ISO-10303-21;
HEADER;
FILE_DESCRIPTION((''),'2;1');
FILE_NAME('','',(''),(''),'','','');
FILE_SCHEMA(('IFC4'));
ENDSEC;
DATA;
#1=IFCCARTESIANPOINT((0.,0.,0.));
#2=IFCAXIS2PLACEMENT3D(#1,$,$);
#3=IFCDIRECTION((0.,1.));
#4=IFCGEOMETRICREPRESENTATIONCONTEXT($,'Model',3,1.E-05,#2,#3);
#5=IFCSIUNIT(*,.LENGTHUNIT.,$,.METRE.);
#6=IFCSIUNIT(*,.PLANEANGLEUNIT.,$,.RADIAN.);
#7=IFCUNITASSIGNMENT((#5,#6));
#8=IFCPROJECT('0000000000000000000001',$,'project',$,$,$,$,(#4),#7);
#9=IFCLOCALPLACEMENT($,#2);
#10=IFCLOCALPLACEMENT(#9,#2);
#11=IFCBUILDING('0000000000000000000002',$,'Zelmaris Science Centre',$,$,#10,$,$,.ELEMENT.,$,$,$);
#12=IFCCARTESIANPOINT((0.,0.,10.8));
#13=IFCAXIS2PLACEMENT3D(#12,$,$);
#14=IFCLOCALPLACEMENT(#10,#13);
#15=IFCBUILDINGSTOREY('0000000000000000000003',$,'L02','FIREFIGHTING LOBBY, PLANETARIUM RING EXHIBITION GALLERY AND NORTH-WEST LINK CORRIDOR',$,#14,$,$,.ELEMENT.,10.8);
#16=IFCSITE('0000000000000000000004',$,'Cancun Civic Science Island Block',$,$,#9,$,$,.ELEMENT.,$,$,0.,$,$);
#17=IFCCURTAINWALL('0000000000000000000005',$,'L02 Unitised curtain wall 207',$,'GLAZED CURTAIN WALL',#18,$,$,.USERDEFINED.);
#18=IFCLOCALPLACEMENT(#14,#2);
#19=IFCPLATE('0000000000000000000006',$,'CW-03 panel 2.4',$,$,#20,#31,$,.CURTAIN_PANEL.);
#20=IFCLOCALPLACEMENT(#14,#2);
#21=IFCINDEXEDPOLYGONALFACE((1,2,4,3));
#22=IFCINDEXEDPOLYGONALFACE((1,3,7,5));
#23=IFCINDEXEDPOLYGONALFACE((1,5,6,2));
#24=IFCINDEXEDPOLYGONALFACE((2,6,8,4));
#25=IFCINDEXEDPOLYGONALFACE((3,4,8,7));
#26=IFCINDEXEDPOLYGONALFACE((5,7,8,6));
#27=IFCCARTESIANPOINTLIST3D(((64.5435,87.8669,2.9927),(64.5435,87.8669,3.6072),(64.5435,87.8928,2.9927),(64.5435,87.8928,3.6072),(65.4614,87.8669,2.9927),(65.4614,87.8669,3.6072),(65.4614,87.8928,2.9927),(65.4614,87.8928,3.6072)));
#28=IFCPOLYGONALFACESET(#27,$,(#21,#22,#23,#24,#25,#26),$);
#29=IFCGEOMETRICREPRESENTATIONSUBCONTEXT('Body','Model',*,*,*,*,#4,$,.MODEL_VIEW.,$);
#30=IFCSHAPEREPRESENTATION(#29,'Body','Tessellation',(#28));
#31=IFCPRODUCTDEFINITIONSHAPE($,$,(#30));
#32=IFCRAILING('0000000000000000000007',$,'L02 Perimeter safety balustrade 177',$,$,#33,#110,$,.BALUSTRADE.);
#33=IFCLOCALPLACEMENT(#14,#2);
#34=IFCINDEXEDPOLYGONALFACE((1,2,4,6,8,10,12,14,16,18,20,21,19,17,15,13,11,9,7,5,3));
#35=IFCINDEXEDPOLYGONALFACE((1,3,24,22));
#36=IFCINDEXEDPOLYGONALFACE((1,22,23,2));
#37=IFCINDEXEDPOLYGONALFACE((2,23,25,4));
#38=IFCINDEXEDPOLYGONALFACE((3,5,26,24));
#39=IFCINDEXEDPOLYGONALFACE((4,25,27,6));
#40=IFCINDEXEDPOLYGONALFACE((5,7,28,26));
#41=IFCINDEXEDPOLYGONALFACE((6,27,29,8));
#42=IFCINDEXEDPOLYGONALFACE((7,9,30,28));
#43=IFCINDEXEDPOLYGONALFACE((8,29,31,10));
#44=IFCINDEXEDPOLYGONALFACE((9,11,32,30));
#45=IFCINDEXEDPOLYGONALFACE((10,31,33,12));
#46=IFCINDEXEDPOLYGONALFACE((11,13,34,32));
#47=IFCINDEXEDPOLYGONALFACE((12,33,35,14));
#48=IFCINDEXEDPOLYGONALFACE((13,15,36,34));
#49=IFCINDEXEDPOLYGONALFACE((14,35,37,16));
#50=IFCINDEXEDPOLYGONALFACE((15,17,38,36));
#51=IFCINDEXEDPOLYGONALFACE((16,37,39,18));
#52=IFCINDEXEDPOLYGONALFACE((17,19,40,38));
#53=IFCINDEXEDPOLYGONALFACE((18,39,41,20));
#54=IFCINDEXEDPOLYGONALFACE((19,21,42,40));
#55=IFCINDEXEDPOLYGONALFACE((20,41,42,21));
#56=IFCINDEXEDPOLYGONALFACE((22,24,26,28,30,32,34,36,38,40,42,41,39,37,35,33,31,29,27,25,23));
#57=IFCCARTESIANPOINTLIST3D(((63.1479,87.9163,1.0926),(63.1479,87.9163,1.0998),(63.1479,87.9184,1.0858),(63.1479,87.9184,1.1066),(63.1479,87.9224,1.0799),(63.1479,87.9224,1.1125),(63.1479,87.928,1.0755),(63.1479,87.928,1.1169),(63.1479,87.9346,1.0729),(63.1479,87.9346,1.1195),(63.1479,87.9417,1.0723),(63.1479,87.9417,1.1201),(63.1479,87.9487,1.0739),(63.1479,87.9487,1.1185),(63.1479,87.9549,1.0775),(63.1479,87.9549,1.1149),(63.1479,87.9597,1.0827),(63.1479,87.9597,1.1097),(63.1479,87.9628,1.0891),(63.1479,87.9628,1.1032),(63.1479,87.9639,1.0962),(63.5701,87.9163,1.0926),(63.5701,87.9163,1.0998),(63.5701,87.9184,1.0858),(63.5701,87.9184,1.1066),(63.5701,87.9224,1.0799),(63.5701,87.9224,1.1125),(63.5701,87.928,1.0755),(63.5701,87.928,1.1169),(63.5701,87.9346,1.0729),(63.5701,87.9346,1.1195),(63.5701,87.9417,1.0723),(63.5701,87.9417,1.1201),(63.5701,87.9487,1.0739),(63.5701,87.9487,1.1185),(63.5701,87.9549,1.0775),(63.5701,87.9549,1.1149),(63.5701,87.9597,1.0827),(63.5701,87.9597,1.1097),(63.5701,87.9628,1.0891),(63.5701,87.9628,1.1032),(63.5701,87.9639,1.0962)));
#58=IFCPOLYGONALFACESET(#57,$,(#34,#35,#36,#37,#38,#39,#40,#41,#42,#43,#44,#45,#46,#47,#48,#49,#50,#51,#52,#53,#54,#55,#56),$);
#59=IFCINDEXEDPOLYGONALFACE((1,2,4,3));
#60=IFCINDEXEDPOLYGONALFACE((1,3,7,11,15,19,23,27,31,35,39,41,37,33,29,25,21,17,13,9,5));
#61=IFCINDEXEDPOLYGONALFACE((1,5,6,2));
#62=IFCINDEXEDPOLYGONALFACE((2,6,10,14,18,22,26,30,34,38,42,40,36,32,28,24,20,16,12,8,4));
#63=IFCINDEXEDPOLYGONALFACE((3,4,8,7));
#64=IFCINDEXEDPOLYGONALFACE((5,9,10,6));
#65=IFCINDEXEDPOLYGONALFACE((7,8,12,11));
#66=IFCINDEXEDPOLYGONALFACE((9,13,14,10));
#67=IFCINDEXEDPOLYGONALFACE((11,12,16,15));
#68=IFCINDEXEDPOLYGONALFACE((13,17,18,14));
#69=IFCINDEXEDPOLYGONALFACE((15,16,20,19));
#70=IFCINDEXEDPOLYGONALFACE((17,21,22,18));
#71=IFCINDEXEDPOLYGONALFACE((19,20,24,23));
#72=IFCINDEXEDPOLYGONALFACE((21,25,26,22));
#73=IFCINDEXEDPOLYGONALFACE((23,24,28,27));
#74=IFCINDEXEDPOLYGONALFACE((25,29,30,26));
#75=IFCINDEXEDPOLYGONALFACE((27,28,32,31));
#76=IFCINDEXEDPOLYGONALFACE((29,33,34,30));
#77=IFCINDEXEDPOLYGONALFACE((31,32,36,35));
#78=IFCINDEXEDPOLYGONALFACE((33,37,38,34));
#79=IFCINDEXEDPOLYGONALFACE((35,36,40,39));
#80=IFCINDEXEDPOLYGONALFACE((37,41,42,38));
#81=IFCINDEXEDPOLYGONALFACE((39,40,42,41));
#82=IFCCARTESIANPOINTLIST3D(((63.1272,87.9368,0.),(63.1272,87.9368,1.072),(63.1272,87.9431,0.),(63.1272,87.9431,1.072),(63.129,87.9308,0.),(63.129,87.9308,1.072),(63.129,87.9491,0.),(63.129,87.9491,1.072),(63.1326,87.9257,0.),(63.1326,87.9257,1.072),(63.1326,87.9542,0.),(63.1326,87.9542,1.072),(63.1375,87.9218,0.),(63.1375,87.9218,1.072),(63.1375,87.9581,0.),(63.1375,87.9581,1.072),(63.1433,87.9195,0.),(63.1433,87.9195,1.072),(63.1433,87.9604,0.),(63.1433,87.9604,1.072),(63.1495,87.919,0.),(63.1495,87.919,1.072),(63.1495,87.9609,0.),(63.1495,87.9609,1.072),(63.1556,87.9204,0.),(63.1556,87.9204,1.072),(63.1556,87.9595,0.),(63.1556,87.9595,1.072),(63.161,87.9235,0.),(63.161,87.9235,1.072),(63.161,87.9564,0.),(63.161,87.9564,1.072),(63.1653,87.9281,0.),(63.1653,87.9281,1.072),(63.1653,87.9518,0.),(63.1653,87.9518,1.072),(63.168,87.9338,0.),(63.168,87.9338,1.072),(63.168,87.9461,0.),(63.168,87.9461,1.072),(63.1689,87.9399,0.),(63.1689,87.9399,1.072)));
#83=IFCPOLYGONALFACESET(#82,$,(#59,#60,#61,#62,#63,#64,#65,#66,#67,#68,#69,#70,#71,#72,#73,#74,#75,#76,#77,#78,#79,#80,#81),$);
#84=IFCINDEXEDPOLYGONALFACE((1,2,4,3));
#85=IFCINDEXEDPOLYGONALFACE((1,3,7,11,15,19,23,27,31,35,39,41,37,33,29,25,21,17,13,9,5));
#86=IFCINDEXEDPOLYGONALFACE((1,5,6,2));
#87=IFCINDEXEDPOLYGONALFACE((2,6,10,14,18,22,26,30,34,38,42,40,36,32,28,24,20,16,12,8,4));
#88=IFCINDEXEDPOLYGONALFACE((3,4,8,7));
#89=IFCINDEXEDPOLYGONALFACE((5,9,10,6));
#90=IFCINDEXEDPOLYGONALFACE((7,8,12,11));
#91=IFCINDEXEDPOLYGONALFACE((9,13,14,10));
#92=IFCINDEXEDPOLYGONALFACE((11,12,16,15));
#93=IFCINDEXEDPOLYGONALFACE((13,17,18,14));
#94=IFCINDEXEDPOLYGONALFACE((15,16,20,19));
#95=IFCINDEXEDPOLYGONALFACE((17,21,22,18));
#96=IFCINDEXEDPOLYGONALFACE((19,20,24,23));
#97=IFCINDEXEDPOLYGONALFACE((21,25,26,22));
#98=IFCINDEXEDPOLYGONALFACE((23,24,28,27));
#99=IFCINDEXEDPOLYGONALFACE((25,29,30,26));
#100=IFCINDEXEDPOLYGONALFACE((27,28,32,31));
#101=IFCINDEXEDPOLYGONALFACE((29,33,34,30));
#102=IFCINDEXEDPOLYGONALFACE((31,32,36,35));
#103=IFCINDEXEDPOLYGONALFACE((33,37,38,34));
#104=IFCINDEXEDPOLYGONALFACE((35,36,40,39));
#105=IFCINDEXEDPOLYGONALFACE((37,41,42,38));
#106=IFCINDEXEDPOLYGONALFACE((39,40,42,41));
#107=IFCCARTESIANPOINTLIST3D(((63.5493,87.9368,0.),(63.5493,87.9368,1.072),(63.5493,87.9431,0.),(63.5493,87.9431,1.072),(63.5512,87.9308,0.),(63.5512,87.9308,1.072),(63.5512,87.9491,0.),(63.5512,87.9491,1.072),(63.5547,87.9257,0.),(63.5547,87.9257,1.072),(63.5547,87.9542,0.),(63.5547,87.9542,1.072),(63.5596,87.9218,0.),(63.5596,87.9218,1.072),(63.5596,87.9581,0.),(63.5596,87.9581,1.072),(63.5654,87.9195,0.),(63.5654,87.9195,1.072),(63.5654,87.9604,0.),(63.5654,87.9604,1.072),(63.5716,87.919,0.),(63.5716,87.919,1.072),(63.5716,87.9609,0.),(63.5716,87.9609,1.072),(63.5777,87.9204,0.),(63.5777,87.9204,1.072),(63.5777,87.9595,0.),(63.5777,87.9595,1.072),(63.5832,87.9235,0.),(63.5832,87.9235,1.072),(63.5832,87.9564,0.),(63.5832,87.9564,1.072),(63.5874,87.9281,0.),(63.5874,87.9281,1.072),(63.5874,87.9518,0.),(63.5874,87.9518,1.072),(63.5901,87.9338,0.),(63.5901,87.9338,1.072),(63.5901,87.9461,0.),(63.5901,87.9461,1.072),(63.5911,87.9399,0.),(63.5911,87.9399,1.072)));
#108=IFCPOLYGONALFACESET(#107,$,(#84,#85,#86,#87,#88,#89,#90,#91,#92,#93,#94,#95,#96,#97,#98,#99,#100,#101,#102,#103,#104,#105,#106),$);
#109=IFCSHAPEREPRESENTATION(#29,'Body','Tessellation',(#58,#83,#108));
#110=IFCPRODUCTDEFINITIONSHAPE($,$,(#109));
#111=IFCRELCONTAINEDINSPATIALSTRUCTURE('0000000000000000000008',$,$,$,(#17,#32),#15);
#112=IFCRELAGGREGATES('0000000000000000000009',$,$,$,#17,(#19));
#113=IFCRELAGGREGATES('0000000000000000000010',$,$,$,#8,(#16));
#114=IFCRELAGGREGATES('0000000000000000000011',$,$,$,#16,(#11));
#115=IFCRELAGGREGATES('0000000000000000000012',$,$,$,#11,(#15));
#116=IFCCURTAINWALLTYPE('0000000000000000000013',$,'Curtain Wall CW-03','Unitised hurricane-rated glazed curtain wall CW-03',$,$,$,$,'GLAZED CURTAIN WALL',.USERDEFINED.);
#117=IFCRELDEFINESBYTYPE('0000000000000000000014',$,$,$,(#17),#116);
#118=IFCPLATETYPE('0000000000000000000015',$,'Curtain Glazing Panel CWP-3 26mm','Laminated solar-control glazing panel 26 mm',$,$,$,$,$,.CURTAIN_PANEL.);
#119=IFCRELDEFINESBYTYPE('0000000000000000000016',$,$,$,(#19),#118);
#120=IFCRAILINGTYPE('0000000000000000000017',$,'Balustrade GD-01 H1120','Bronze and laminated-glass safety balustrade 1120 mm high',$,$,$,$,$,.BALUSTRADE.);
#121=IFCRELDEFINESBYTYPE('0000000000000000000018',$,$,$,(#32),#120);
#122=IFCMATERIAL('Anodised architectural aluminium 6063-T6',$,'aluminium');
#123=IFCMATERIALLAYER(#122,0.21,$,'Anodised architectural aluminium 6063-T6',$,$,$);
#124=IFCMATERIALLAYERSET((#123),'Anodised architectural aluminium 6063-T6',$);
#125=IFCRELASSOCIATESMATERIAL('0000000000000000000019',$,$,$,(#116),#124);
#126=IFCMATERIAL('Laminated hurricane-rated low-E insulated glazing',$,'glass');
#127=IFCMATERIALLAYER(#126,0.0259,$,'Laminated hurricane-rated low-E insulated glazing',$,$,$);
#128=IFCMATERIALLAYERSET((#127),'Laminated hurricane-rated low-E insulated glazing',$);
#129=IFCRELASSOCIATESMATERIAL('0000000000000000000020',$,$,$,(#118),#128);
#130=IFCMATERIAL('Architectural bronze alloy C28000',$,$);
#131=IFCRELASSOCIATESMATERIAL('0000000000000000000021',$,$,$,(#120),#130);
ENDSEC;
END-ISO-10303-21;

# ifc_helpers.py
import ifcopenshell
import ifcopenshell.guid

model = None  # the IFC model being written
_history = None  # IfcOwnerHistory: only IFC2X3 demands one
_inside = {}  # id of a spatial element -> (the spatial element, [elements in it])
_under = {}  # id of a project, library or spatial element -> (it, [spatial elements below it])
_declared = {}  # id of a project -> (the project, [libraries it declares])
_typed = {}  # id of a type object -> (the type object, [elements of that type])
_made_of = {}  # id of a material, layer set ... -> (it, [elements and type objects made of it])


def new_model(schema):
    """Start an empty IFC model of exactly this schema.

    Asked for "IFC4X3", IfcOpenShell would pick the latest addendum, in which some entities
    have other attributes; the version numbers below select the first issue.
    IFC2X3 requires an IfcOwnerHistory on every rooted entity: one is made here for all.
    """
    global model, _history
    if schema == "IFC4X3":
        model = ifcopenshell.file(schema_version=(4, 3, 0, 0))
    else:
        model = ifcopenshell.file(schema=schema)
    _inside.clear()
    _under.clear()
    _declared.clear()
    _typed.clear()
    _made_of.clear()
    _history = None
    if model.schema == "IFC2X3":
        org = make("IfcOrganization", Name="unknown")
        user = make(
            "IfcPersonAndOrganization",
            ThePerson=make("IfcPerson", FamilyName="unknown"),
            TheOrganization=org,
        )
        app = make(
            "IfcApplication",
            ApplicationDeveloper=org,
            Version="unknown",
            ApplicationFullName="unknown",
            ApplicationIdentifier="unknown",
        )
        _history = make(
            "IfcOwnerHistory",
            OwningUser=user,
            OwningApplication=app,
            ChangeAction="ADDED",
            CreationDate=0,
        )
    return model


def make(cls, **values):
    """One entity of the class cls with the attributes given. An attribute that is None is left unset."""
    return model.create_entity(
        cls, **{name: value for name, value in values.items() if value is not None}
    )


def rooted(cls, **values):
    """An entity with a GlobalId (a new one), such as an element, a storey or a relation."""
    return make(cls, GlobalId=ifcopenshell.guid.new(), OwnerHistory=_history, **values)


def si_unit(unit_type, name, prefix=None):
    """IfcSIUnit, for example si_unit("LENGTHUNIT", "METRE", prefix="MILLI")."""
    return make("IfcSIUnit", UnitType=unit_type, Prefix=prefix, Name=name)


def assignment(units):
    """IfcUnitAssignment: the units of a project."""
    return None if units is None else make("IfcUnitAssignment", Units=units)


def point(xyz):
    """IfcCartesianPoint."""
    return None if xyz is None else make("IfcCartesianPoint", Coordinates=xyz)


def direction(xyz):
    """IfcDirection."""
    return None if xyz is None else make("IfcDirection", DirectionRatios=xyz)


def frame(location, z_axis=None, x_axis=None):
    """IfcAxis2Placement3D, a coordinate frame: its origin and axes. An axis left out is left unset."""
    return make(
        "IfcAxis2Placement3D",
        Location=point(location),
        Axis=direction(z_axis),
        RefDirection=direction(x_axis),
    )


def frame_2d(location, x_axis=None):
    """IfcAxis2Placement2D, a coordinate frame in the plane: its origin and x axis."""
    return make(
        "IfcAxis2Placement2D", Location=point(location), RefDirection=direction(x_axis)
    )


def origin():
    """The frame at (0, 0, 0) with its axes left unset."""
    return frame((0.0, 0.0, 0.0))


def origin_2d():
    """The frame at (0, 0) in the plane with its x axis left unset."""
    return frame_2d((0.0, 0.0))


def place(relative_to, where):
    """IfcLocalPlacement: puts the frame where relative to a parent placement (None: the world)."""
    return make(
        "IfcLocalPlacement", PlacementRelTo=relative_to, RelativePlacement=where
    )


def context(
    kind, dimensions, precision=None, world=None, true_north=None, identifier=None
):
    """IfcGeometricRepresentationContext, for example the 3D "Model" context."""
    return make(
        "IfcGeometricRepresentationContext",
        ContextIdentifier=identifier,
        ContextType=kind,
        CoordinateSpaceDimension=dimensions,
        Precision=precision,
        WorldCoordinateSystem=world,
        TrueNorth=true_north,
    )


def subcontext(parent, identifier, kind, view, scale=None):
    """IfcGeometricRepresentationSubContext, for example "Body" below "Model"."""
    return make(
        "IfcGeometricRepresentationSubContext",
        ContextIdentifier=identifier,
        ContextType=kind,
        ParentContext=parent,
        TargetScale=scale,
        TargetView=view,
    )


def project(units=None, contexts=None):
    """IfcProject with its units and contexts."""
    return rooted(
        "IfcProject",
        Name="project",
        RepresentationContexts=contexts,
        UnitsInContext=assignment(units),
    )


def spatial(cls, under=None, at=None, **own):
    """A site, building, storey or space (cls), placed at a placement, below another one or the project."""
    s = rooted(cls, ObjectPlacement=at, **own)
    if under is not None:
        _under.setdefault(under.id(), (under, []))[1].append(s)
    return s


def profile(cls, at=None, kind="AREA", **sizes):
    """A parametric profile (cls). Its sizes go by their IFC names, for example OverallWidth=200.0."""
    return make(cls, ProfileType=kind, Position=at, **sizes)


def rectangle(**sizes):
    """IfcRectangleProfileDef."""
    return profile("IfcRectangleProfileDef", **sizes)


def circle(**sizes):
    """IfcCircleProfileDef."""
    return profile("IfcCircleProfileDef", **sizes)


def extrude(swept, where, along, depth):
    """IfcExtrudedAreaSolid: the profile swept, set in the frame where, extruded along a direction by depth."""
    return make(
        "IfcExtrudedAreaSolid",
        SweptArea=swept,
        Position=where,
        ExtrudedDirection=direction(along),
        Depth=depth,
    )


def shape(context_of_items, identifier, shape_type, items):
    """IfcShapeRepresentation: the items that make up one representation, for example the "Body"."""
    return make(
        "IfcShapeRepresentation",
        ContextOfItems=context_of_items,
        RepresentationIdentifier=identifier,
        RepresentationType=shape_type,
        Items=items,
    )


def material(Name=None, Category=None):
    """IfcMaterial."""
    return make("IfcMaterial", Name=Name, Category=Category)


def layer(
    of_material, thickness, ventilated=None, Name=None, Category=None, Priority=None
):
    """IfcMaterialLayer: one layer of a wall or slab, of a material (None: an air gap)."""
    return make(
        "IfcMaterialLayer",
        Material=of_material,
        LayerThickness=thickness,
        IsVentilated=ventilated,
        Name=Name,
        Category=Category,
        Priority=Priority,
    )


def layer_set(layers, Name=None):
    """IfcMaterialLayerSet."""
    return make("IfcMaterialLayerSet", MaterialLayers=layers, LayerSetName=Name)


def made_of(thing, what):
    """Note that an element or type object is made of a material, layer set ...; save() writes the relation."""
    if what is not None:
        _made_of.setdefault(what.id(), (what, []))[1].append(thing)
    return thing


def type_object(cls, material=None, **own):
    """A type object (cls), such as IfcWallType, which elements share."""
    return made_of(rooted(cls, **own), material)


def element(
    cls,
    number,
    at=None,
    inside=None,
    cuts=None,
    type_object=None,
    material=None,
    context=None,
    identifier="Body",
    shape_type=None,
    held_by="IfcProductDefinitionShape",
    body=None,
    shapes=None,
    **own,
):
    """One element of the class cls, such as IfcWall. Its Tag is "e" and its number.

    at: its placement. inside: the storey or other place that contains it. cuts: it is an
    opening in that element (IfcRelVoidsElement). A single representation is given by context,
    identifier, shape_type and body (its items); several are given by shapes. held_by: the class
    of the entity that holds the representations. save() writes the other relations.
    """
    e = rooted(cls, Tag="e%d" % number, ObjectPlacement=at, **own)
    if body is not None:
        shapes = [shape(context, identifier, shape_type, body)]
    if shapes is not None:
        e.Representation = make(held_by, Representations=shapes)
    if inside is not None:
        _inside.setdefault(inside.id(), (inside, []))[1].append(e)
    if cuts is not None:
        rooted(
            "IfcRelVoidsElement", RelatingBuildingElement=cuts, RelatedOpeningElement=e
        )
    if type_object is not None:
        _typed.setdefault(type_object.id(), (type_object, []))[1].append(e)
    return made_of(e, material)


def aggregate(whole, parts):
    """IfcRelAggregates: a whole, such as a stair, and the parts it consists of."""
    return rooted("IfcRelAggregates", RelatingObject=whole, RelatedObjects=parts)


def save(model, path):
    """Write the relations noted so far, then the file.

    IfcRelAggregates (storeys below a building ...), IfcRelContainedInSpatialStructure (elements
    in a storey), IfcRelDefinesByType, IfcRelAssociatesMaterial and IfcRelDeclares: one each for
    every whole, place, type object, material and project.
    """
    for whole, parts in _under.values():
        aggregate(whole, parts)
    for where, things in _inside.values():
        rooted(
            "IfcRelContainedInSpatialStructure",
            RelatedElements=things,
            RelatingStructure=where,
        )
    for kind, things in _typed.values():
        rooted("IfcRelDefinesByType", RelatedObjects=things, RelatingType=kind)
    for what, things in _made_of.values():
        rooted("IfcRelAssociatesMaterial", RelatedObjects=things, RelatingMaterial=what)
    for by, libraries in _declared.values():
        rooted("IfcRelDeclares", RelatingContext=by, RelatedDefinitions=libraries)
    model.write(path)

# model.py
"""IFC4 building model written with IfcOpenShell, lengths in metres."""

from ifc_helpers import new_model, si_unit, direction, frame, origin, origin_2d, place, context, subcontext, project, spatial, rectangle, circle, extrude, material, layer, layer_set, type_object, element, aggregate, save


model = new_model("IFC4")

# Units and contexts
model_context = context("Model", 3, precision=1e-05, world=origin(), true_north=direction((0.0, 1.0)))
body_context = subcontext(model_context, "Body", "Model", "MODEL_VIEW")
ifc_project = project(units=[si_unit("LENGTHUNIT", "METRE"), si_unit("PLANEANGLEUNIT", "RADIAN")], contexts=[model_context])

# Site, building, storey
site_placement = place(None, origin())
site = spatial("IfcSite", under=ifc_project, at=site_placement, Name="Cancun Civic Science Island Block", CompositionType="ELEMENT", RefElevation=0.0)
building_placement = place(site_placement, origin())
building = spatial("IfcBuilding", under=site, at=building_placement, Name="Zelmaris Science Centre", CompositionType="ELEMENT")
storey_placement = place(building_placement, frame((0.0, 0.0, 10.8)))
storey = spatial("IfcBuildingStorey", under=building, at=storey_placement, Name="L02", Description="FIREFIGHTING LOBBY, PLANETARIUM RING EXHIBITION GALLERY AND NORTH-WEST LINK CORRIDOR", CompositionType="ELEMENT", Elevation=10.8)

# Curtain wall
ifc_material_1 = material(Name="Anodised architectural aluminium 6063-T6", Category="aluminium")
ifc_layer_1 = layer(ifc_material_1, 0.21, Name="Anodised architectural aluminium 6063-T6")
ifc_layer_set_1 = layer_set([ifc_layer_1], Name="Anodised architectural aluminium 6063-T6")
curtain_wall_type = type_object("IfcCurtainWallType", Name="Curtain Wall CW-03", Description="Unitised hurricane-rated glazed curtain wall CW-03", ElementType="GLAZED CURTAIN WALL", PredefinedType="USERDEFINED", material=ifc_layer_set_1)
curtain_wall_placement = place(storey_placement, origin())
curtain_wall = element("IfcCurtainWall", 1, at=curtain_wall_placement, inside=storey, type_object=curtain_wall_type, Name="L02 Unitised curtain wall 207", ObjectType="GLAZED CURTAIN WALL", PredefinedType="USERDEFINED")

# Plate
ifc_material_2 = material(Name="Laminated hurricane-rated low-E insulated glazing", Category="glass")
ifc_layer_2 = layer(ifc_material_2, 0.0259, Name="Laminated hurricane-rated low-E insulated glazing")
ifc_layer_set_2 = layer_set([ifc_layer_2], Name="Laminated hurricane-rated low-E insulated glazing")
plate_type = type_object("IfcPlateType", Name="Curtain Glazing Panel CWP-3 26mm", Description="Laminated solar-control glazing panel 26 mm", PredefinedType="CURTAIN_PANEL", material=ifc_layer_set_2)
plate_1_placement = place(storey_placement, frame((65.0024, 87.8799, 2.9927), z_axis=(0.0, 0.0, 1.0), x_axis=(1.0, 0.0, 0.0)))
plate_1 = element("IfcPlate", 2, at=plate_1_placement, type_object=plate_type, Name="CW-03 panel 2.4", PredefinedType="CURTAIN_PANEL", context=body_context, shape_type="SweptSolid", body=[
    extrude(rectangle(XDim=0.918, YDim=0.0259, at=origin_2d()), origin(), (0.0, 0.0, 1.0), 0.6145),
])
aggregate(curtain_wall, [plate_1])

# Railing
ifc_material_3 = material(Name="Architectural bronze alloy C28000")
railing_type = type_object("IfcRailingType", Name="Balustrade GD-01 H1120", Description="Bronze and laminated-glass safety balustrade 1120 mm high", PredefinedType="BALUSTRADE", material=ifc_material_3)
railing_placement = place(storey_placement, frame((63.1479, 87.9399, 0.0)))
element("IfcRailing", 3, at=railing_placement, inside=storey, type_object=railing_type, Name="L02 Perimeter safety balustrade 177", PredefinedType="BALUSTRADE", context=body_context, shape_type="SweptSolid", body=[
    extrude(circle(Radius=0.0239, at=origin_2d()), frame((0.0, 0.0, 1.0962), z_axis=(1.0, 0.0, 0.0), x_axis=(0.0, 1.0, 0.0)), (0.0, 0.0, 1.0), 0.4221),
    extrude(circle(Radius=0.021, at=origin_2d()), origin(), (0.0, 0.0, 1.0), 1.072),
    extrude(circle(Radius=0.021, at=origin_2d()), frame((0.4221, 0.0, 0.0)), (0.0, 0.0, 1.0), 1.072),
])

save(model, "model.ifc")
